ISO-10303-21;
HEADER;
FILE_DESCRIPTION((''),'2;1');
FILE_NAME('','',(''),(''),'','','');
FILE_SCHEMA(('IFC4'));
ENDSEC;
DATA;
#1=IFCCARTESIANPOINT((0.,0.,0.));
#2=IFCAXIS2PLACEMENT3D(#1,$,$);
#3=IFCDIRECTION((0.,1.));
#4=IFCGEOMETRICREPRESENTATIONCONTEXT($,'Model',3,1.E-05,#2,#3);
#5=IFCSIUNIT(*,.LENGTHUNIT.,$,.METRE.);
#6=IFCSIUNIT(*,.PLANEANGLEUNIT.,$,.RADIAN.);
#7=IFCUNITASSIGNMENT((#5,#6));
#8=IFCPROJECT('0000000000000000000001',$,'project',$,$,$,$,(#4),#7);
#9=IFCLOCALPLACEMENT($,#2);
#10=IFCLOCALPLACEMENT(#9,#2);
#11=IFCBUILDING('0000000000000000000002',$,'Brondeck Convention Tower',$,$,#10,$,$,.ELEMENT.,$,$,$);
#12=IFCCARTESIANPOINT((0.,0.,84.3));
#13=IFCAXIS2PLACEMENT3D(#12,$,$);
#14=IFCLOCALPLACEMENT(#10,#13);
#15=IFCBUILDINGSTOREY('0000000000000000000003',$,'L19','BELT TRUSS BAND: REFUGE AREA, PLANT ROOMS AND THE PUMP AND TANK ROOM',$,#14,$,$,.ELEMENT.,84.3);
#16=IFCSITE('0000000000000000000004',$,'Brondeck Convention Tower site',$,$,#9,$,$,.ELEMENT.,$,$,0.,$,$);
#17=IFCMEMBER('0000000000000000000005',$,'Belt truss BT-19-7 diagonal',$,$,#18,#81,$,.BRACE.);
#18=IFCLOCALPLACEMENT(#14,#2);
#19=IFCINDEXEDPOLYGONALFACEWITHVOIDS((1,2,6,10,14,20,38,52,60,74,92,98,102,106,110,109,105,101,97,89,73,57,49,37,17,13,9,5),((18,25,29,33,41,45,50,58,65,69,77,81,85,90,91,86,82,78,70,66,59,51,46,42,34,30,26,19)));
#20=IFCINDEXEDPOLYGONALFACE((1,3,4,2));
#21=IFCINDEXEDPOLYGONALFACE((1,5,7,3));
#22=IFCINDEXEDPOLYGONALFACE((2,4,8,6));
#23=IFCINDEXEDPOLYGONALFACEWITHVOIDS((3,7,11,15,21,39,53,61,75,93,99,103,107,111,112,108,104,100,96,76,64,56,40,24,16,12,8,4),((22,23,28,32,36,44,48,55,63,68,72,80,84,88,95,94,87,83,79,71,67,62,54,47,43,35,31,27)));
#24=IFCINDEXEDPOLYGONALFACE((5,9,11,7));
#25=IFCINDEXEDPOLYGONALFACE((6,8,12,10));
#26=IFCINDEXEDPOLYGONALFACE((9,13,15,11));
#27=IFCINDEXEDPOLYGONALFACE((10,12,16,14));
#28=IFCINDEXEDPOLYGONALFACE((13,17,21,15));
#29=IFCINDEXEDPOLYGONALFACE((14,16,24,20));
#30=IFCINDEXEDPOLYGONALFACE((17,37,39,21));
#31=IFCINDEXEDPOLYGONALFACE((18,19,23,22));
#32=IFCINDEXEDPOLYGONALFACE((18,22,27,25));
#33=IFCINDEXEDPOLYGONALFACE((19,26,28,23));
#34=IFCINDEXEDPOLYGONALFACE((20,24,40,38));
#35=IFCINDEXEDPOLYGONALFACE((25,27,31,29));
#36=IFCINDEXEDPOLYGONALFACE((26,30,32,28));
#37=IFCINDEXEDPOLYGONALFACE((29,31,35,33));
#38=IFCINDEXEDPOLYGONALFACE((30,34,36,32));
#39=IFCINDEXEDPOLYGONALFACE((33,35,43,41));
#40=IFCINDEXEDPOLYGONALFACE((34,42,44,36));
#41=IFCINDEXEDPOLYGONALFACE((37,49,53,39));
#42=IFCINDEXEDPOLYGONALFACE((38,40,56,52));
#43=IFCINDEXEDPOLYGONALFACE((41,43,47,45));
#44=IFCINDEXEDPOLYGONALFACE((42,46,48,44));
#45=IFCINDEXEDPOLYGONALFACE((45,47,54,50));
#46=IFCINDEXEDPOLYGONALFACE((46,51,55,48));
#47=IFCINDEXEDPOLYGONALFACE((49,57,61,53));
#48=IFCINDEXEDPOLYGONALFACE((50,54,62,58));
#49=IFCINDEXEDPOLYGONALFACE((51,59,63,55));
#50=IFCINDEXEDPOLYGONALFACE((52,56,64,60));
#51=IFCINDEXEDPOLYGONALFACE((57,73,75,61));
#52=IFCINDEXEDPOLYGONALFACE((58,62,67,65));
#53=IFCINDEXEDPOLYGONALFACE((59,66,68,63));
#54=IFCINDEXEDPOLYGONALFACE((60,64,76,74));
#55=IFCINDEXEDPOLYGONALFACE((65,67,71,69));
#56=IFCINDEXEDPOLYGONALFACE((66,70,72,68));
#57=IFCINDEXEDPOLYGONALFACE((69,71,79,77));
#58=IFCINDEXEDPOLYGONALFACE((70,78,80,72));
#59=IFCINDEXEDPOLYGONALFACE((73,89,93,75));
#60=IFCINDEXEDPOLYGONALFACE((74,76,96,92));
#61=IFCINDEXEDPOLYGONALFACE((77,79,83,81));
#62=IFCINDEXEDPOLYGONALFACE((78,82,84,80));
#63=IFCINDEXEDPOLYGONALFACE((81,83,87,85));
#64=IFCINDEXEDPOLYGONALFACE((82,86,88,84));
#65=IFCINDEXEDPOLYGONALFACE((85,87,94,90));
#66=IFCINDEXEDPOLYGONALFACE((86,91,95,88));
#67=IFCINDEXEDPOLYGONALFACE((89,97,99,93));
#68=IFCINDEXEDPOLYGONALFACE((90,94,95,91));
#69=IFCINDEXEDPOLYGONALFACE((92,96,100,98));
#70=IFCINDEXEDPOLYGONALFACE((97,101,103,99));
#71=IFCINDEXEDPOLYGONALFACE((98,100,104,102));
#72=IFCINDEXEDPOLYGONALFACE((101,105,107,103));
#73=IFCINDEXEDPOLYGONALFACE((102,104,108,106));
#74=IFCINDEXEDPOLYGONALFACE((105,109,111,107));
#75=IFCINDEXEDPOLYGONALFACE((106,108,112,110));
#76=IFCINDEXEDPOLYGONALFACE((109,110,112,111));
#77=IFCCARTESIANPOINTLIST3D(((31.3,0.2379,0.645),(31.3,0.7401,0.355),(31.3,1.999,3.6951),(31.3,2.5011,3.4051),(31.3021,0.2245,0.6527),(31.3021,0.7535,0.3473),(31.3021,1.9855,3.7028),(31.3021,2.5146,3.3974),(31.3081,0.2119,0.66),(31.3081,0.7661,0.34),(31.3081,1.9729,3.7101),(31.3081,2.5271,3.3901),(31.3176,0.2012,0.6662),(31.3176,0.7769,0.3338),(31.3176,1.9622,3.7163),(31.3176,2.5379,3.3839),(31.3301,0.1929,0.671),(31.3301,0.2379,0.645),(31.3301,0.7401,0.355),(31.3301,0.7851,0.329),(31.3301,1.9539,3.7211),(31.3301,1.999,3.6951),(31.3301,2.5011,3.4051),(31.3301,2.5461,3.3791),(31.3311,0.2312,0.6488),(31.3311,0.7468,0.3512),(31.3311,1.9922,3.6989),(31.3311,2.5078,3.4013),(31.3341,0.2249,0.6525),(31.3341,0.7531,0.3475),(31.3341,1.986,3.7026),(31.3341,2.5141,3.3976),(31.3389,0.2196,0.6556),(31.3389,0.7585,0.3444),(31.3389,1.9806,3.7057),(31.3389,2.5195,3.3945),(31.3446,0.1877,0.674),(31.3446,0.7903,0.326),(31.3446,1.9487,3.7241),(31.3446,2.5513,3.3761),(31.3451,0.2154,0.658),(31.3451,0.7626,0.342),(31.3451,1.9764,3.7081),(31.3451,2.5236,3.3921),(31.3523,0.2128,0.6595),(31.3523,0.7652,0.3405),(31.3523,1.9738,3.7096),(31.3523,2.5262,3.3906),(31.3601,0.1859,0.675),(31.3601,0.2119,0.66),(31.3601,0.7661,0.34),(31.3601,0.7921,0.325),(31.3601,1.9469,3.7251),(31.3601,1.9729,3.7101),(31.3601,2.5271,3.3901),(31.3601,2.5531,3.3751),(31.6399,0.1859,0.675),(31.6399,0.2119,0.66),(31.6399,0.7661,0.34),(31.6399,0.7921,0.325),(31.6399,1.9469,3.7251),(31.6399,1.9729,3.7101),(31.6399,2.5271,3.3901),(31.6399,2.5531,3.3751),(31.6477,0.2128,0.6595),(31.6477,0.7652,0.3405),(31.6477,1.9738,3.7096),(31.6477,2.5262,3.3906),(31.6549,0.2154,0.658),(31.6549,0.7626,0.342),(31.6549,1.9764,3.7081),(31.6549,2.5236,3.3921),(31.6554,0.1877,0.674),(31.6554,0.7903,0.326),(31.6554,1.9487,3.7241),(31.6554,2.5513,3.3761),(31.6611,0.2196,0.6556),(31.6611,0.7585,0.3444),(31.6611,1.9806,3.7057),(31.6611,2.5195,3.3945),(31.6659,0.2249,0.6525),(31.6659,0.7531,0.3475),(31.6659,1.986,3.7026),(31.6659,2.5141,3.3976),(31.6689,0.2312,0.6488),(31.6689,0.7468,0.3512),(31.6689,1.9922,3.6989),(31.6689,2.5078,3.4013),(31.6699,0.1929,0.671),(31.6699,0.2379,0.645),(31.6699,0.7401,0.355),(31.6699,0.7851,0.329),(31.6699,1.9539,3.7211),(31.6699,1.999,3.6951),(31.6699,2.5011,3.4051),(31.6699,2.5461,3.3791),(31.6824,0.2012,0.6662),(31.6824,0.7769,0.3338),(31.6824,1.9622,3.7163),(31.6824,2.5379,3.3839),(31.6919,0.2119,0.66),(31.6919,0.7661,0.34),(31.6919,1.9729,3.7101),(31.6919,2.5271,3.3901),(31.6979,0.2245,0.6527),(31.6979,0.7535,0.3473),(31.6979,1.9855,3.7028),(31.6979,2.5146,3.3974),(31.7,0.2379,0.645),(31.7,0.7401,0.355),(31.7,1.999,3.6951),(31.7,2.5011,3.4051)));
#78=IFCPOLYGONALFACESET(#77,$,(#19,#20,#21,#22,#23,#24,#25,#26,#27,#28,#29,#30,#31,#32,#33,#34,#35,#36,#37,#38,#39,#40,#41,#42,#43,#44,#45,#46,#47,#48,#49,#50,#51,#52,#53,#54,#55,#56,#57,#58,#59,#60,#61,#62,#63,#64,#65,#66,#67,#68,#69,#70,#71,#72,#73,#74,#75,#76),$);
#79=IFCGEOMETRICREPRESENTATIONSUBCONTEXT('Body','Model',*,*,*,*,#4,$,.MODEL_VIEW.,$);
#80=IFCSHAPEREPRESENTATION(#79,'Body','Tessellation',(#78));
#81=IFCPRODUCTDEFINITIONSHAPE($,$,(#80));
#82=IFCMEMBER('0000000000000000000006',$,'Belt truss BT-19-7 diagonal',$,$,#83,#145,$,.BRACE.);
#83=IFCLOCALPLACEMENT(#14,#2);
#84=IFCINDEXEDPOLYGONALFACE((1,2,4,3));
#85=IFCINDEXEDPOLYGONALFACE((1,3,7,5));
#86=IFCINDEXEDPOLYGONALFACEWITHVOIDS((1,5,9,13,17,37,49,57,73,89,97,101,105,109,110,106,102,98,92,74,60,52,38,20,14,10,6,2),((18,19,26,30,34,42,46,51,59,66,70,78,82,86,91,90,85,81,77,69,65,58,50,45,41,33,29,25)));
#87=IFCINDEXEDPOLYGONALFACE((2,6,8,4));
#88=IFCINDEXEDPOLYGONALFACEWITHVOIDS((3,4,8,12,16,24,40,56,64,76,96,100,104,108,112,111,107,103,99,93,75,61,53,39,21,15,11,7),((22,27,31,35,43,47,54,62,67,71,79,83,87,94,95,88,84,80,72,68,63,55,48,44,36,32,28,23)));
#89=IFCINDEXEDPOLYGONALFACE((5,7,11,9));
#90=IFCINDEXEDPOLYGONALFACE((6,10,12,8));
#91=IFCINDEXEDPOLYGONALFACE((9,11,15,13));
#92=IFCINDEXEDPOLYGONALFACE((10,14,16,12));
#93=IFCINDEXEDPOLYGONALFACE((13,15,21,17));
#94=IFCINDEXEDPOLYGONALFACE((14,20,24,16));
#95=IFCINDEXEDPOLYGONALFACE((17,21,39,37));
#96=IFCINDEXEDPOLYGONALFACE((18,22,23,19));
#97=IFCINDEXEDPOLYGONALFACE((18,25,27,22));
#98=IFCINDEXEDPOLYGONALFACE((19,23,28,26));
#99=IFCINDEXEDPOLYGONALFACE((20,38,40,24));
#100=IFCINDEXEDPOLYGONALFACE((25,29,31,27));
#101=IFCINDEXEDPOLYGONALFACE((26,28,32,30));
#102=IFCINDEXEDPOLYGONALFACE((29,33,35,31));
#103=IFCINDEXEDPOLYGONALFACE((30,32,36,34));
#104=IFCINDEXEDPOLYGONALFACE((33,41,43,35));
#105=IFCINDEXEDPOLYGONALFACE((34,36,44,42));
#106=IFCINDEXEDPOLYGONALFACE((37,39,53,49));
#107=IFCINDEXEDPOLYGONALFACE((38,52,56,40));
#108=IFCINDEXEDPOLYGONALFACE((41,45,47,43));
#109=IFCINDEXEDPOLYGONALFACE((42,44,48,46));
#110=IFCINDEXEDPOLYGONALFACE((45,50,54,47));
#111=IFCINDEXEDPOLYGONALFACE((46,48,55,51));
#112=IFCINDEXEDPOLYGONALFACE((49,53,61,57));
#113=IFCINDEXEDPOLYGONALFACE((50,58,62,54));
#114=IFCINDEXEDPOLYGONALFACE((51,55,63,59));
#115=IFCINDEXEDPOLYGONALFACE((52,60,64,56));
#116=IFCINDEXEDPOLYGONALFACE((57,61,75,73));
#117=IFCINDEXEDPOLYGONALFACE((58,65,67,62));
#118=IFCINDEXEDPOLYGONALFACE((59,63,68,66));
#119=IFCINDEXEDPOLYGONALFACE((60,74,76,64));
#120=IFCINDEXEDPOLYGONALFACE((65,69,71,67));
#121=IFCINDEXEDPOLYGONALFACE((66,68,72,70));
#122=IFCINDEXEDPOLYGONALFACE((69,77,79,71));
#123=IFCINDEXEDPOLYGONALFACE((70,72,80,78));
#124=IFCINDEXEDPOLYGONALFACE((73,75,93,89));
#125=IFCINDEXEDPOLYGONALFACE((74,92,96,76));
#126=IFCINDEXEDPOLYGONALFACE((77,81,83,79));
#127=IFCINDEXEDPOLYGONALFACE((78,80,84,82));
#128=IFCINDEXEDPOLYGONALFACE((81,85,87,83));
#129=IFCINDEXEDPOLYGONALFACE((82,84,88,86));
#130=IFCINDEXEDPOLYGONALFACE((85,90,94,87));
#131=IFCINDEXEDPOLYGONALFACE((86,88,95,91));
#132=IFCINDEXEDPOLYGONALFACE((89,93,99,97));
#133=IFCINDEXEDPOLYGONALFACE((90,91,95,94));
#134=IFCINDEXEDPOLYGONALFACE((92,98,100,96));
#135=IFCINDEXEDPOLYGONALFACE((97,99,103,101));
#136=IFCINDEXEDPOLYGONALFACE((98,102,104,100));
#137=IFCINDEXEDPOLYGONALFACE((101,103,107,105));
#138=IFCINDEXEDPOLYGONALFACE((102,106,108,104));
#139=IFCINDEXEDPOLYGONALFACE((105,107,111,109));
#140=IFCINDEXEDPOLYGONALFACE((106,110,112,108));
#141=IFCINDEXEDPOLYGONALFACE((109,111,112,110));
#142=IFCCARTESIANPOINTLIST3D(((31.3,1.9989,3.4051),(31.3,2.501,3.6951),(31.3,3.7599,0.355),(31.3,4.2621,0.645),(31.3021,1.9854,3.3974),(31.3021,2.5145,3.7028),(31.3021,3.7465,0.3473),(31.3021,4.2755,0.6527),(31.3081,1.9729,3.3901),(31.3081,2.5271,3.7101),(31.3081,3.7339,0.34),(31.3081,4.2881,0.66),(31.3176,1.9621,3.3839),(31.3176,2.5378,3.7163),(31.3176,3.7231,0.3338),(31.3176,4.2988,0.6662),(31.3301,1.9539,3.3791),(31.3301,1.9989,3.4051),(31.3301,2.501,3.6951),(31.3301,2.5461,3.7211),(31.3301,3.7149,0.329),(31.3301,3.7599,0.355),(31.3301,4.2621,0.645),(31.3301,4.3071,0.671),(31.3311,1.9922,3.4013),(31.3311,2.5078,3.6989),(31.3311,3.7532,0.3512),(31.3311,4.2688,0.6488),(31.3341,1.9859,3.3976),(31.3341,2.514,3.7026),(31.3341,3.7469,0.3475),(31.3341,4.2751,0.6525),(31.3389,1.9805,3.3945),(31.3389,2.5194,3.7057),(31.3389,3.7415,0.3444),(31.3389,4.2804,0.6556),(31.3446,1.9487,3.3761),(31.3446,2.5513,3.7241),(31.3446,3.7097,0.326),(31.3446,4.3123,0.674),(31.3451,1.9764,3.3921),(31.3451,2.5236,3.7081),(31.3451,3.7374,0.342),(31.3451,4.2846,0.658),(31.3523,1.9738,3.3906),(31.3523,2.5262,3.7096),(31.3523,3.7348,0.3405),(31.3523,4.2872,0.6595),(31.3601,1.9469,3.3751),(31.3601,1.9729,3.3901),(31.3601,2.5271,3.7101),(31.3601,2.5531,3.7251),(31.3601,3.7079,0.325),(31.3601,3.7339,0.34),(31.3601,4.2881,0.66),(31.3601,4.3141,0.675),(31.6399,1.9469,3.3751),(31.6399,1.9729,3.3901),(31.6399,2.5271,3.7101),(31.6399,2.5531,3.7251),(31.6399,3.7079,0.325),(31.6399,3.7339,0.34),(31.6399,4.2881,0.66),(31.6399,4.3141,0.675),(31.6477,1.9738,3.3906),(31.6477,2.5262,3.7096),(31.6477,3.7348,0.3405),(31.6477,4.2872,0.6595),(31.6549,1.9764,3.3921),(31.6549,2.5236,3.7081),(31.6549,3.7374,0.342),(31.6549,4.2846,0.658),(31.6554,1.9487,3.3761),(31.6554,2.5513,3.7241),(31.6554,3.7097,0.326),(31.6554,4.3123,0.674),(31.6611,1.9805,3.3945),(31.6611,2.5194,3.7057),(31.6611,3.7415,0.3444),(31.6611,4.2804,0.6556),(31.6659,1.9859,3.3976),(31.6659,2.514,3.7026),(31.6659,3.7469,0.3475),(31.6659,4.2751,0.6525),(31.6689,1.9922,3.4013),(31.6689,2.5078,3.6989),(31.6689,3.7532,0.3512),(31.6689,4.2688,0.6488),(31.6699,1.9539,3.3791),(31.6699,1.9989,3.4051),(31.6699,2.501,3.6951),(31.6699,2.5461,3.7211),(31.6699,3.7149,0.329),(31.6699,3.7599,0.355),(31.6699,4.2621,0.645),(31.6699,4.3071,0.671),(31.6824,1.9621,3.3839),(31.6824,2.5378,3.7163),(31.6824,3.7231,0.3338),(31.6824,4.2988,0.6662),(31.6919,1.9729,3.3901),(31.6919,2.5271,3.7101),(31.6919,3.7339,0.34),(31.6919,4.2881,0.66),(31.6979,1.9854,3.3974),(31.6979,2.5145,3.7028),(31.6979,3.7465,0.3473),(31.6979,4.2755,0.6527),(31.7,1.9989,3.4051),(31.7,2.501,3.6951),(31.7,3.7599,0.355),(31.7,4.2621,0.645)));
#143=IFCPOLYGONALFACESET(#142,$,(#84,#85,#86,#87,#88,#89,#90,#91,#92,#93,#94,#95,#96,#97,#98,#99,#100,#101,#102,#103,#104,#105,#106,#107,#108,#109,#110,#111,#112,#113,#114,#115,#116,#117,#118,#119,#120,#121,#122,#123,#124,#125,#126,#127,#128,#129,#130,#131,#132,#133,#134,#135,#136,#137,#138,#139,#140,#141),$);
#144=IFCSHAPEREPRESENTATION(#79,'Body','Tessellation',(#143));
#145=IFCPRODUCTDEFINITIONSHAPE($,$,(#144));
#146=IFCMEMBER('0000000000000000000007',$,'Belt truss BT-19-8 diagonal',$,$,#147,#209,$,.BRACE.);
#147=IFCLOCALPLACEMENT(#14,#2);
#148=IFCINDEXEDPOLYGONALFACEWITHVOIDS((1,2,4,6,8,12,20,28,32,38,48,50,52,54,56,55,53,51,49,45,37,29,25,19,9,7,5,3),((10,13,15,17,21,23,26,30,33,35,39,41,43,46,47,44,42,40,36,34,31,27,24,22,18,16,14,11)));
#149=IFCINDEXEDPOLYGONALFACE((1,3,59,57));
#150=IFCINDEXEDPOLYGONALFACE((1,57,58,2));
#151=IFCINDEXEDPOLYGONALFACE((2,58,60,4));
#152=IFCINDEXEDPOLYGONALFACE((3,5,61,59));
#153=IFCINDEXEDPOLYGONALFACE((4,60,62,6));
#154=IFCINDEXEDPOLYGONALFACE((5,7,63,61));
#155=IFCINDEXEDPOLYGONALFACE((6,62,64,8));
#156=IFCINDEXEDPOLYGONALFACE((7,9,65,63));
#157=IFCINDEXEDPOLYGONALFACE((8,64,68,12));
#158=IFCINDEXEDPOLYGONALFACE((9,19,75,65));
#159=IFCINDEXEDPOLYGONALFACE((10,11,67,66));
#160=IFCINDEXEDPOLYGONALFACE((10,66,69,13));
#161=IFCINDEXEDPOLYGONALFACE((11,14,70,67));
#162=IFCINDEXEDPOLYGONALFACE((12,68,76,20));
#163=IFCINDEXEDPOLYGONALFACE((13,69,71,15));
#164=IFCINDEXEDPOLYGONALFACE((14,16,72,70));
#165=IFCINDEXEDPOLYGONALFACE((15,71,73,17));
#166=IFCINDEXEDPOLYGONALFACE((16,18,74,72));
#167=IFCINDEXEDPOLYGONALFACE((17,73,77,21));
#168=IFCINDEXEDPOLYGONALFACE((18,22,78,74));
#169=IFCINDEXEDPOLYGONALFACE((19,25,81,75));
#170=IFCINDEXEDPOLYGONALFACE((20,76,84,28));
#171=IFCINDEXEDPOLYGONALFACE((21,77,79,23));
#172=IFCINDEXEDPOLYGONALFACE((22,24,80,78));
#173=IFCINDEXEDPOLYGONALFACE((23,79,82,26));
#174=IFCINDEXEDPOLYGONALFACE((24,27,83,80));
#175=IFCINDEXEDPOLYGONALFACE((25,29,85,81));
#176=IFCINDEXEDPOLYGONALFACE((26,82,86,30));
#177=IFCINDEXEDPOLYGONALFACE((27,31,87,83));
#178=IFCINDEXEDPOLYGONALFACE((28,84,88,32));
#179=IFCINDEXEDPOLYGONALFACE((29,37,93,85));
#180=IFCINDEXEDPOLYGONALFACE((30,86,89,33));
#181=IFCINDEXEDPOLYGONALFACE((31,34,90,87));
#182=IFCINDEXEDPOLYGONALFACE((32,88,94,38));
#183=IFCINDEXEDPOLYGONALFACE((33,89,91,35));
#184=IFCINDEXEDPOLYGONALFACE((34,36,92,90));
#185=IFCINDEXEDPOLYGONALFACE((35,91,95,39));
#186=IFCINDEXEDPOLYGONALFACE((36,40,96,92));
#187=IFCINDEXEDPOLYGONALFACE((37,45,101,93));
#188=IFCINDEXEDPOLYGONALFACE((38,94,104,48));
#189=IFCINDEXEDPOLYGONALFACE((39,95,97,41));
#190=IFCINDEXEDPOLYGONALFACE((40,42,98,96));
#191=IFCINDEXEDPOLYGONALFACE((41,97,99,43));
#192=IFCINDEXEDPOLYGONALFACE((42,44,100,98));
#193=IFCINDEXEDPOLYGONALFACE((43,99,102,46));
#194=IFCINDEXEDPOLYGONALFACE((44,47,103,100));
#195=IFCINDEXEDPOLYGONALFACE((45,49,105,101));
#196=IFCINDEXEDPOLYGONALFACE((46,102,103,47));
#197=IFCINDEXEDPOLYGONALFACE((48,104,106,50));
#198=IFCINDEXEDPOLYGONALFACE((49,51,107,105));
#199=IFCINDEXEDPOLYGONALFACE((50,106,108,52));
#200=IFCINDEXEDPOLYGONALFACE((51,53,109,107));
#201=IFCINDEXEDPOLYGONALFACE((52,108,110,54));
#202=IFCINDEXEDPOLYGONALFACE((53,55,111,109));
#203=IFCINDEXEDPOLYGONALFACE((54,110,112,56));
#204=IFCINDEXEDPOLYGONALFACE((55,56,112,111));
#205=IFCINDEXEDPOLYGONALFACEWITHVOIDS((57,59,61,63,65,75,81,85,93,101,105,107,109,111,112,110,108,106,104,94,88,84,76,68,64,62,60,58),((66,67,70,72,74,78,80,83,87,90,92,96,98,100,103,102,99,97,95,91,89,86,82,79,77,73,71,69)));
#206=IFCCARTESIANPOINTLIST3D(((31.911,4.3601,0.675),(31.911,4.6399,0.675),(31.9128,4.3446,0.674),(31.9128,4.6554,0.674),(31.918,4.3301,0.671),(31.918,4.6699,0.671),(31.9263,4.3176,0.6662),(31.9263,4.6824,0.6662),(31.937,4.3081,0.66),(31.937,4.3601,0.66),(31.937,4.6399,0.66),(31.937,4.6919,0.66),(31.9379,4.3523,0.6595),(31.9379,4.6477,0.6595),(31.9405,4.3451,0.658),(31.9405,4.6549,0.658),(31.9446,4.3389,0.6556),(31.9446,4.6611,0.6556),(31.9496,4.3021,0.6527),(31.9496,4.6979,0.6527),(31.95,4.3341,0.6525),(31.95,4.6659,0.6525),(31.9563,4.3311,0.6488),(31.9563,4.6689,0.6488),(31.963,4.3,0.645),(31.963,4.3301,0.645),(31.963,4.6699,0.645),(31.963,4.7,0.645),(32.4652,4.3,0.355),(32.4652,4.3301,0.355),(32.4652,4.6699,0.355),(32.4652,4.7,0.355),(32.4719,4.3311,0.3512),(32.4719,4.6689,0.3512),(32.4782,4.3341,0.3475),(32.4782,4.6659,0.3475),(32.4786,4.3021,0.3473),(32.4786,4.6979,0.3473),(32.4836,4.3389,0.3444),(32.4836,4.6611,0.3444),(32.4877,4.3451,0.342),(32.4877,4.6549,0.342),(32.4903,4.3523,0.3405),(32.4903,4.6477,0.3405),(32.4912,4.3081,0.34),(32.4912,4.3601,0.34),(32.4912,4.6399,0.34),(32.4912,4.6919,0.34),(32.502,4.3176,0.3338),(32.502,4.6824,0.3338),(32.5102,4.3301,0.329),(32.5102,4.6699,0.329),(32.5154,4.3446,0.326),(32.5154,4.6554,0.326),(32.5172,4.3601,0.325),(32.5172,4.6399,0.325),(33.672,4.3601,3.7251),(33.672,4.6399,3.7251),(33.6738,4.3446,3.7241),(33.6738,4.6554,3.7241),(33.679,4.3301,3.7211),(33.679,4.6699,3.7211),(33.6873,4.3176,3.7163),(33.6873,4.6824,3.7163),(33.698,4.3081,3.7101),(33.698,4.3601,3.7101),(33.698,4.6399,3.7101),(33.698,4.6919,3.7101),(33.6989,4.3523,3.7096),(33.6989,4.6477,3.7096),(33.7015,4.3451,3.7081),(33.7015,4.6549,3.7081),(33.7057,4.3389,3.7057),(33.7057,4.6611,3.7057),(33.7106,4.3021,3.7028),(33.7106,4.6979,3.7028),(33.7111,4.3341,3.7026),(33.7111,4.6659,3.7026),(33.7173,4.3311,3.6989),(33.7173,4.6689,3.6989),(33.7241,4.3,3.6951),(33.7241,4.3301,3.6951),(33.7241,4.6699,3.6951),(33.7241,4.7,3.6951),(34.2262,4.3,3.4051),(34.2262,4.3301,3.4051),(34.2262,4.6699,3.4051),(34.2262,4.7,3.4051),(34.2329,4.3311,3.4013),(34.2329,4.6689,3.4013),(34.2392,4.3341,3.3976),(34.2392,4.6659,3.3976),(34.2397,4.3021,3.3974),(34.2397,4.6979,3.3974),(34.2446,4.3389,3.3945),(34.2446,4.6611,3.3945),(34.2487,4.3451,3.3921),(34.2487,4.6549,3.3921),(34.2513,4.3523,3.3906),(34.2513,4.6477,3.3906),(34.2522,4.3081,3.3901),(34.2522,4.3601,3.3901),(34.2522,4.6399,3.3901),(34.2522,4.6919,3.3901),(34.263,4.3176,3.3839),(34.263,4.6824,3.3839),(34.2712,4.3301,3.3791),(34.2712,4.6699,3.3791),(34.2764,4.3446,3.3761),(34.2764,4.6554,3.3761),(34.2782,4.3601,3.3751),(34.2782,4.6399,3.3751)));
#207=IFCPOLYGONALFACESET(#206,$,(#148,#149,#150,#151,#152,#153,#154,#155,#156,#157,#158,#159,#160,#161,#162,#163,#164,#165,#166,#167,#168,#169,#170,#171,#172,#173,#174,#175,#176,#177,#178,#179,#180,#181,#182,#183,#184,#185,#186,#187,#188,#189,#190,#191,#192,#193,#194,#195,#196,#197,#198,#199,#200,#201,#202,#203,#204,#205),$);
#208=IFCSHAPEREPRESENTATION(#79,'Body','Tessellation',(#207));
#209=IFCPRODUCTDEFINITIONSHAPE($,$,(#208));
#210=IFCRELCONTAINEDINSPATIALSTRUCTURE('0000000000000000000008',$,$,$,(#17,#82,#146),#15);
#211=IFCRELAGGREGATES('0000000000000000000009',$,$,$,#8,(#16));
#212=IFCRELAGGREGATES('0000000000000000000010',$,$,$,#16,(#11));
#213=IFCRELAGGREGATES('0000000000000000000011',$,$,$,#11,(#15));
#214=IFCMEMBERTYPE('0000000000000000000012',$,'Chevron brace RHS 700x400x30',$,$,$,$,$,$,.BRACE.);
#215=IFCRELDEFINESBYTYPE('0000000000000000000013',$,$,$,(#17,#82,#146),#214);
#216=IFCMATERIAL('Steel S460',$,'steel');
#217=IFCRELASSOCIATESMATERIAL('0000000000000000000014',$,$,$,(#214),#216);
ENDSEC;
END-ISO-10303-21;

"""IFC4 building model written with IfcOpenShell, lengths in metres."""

from ifc_helpers import new_model, si_unit, direction, frame, origin, origin_2d, place, context, subcontext, project, spatial, hollow_rectangle, extrude, material, material_profile, profile_set, type_object, element, save


model = new_model("IFC4")

# Units and contexts
model_context = context("Model", 3, precision=1e-05, world=origin(), true_north=direction((0.0, 1.0)))
body_context = subcontext(model_context, "Body", "Model", "MODEL_VIEW")
ifc_project = project(units=[si_unit("LENGTHUNIT", "METRE"), si_unit("PLANEANGLEUNIT", "RADIAN")], contexts=[model_context])

# Site, building, storey
site_placement = place(None, origin())
site = spatial("IfcSite", under=ifc_project, at=site_placement, Name="Brondeck Convention Tower site", CompositionType="ELEMENT", RefElevation=0.0)
building_placement = place(site_placement, origin())
building = spatial("IfcBuilding", under=site, at=building_placement, Name="Brondeck Convention Tower", CompositionType="ELEMENT")
storey_placement = place(building_placement, frame((0.0, 0.0, 84.3)))
storey = spatial("IfcBuildingStorey", under=building, at=storey_placement, Name="L19", Description="BELT TRUSS BAND: REFUGE AREA, PLANT ROOMS AND THE PUMP AND TANK ROOM", CompositionType="ELEMENT", Elevation=84.3)

# Members
ifc_material_1 = material(Name="Steel S460", Category="steel")
ifc_material_profile_1 = material_profile(ifc_material_1, hollow_rectangle(XDim=0.3999, YDim=0.7, WallThickness=0.03, InnerFilletRadius=0.03, OuterFilletRadius=0.0601, at=origin_2d()), Name="RHS 700x400x30")
ifc_profile_set_1 = profile_set([ifc_material_profile_1], Name="Steel S460")
member_type_1 = type_object("IfcMemberType", Name="Chevron brace RHS 700x400x30", PredefinedType="BRACE", material=ifc_profile_set_1)
for number, where, z_axis, x_axis, name in (
    (1, (31.5, 0.489, 0.5), (0.0, 0.500008, 0.866021), (-1.0, 0.0, 0.0), "Belt truss BT-19-7 diagonal"),
    (2, (31.5, 4.011, 0.5), (0.0, -0.500008, 0.866021), (1.0, 0.0, 0.0), "Belt truss BT-19-7 diagonal"),
    (3, (32.2141, 4.5, 0.5), (0.500008, 0.0, 0.866021), (0.0, 1.0, 0.0), "Belt truss BT-19-8 diagonal"),
):
    element("IfcMember", number, at=place(storey_placement, frame(where, z_axis=z_axis, x_axis=x_axis)), inside=storey, type_object=member_type_1, Name=name, PredefinedType="BRACE", context=body_context, shape_type="SweptSolid", body=[
        extrude(hollow_rectangle(XDim=0.3999, YDim=0.7, WallThickness=0.03, InnerFilletRadius=0.03, OuterFilletRadius=0.0601, at=origin_2d()), origin(), (0.0, 0.0, 1.0), 3.522),
    ])

save(model, "model.ifc")
